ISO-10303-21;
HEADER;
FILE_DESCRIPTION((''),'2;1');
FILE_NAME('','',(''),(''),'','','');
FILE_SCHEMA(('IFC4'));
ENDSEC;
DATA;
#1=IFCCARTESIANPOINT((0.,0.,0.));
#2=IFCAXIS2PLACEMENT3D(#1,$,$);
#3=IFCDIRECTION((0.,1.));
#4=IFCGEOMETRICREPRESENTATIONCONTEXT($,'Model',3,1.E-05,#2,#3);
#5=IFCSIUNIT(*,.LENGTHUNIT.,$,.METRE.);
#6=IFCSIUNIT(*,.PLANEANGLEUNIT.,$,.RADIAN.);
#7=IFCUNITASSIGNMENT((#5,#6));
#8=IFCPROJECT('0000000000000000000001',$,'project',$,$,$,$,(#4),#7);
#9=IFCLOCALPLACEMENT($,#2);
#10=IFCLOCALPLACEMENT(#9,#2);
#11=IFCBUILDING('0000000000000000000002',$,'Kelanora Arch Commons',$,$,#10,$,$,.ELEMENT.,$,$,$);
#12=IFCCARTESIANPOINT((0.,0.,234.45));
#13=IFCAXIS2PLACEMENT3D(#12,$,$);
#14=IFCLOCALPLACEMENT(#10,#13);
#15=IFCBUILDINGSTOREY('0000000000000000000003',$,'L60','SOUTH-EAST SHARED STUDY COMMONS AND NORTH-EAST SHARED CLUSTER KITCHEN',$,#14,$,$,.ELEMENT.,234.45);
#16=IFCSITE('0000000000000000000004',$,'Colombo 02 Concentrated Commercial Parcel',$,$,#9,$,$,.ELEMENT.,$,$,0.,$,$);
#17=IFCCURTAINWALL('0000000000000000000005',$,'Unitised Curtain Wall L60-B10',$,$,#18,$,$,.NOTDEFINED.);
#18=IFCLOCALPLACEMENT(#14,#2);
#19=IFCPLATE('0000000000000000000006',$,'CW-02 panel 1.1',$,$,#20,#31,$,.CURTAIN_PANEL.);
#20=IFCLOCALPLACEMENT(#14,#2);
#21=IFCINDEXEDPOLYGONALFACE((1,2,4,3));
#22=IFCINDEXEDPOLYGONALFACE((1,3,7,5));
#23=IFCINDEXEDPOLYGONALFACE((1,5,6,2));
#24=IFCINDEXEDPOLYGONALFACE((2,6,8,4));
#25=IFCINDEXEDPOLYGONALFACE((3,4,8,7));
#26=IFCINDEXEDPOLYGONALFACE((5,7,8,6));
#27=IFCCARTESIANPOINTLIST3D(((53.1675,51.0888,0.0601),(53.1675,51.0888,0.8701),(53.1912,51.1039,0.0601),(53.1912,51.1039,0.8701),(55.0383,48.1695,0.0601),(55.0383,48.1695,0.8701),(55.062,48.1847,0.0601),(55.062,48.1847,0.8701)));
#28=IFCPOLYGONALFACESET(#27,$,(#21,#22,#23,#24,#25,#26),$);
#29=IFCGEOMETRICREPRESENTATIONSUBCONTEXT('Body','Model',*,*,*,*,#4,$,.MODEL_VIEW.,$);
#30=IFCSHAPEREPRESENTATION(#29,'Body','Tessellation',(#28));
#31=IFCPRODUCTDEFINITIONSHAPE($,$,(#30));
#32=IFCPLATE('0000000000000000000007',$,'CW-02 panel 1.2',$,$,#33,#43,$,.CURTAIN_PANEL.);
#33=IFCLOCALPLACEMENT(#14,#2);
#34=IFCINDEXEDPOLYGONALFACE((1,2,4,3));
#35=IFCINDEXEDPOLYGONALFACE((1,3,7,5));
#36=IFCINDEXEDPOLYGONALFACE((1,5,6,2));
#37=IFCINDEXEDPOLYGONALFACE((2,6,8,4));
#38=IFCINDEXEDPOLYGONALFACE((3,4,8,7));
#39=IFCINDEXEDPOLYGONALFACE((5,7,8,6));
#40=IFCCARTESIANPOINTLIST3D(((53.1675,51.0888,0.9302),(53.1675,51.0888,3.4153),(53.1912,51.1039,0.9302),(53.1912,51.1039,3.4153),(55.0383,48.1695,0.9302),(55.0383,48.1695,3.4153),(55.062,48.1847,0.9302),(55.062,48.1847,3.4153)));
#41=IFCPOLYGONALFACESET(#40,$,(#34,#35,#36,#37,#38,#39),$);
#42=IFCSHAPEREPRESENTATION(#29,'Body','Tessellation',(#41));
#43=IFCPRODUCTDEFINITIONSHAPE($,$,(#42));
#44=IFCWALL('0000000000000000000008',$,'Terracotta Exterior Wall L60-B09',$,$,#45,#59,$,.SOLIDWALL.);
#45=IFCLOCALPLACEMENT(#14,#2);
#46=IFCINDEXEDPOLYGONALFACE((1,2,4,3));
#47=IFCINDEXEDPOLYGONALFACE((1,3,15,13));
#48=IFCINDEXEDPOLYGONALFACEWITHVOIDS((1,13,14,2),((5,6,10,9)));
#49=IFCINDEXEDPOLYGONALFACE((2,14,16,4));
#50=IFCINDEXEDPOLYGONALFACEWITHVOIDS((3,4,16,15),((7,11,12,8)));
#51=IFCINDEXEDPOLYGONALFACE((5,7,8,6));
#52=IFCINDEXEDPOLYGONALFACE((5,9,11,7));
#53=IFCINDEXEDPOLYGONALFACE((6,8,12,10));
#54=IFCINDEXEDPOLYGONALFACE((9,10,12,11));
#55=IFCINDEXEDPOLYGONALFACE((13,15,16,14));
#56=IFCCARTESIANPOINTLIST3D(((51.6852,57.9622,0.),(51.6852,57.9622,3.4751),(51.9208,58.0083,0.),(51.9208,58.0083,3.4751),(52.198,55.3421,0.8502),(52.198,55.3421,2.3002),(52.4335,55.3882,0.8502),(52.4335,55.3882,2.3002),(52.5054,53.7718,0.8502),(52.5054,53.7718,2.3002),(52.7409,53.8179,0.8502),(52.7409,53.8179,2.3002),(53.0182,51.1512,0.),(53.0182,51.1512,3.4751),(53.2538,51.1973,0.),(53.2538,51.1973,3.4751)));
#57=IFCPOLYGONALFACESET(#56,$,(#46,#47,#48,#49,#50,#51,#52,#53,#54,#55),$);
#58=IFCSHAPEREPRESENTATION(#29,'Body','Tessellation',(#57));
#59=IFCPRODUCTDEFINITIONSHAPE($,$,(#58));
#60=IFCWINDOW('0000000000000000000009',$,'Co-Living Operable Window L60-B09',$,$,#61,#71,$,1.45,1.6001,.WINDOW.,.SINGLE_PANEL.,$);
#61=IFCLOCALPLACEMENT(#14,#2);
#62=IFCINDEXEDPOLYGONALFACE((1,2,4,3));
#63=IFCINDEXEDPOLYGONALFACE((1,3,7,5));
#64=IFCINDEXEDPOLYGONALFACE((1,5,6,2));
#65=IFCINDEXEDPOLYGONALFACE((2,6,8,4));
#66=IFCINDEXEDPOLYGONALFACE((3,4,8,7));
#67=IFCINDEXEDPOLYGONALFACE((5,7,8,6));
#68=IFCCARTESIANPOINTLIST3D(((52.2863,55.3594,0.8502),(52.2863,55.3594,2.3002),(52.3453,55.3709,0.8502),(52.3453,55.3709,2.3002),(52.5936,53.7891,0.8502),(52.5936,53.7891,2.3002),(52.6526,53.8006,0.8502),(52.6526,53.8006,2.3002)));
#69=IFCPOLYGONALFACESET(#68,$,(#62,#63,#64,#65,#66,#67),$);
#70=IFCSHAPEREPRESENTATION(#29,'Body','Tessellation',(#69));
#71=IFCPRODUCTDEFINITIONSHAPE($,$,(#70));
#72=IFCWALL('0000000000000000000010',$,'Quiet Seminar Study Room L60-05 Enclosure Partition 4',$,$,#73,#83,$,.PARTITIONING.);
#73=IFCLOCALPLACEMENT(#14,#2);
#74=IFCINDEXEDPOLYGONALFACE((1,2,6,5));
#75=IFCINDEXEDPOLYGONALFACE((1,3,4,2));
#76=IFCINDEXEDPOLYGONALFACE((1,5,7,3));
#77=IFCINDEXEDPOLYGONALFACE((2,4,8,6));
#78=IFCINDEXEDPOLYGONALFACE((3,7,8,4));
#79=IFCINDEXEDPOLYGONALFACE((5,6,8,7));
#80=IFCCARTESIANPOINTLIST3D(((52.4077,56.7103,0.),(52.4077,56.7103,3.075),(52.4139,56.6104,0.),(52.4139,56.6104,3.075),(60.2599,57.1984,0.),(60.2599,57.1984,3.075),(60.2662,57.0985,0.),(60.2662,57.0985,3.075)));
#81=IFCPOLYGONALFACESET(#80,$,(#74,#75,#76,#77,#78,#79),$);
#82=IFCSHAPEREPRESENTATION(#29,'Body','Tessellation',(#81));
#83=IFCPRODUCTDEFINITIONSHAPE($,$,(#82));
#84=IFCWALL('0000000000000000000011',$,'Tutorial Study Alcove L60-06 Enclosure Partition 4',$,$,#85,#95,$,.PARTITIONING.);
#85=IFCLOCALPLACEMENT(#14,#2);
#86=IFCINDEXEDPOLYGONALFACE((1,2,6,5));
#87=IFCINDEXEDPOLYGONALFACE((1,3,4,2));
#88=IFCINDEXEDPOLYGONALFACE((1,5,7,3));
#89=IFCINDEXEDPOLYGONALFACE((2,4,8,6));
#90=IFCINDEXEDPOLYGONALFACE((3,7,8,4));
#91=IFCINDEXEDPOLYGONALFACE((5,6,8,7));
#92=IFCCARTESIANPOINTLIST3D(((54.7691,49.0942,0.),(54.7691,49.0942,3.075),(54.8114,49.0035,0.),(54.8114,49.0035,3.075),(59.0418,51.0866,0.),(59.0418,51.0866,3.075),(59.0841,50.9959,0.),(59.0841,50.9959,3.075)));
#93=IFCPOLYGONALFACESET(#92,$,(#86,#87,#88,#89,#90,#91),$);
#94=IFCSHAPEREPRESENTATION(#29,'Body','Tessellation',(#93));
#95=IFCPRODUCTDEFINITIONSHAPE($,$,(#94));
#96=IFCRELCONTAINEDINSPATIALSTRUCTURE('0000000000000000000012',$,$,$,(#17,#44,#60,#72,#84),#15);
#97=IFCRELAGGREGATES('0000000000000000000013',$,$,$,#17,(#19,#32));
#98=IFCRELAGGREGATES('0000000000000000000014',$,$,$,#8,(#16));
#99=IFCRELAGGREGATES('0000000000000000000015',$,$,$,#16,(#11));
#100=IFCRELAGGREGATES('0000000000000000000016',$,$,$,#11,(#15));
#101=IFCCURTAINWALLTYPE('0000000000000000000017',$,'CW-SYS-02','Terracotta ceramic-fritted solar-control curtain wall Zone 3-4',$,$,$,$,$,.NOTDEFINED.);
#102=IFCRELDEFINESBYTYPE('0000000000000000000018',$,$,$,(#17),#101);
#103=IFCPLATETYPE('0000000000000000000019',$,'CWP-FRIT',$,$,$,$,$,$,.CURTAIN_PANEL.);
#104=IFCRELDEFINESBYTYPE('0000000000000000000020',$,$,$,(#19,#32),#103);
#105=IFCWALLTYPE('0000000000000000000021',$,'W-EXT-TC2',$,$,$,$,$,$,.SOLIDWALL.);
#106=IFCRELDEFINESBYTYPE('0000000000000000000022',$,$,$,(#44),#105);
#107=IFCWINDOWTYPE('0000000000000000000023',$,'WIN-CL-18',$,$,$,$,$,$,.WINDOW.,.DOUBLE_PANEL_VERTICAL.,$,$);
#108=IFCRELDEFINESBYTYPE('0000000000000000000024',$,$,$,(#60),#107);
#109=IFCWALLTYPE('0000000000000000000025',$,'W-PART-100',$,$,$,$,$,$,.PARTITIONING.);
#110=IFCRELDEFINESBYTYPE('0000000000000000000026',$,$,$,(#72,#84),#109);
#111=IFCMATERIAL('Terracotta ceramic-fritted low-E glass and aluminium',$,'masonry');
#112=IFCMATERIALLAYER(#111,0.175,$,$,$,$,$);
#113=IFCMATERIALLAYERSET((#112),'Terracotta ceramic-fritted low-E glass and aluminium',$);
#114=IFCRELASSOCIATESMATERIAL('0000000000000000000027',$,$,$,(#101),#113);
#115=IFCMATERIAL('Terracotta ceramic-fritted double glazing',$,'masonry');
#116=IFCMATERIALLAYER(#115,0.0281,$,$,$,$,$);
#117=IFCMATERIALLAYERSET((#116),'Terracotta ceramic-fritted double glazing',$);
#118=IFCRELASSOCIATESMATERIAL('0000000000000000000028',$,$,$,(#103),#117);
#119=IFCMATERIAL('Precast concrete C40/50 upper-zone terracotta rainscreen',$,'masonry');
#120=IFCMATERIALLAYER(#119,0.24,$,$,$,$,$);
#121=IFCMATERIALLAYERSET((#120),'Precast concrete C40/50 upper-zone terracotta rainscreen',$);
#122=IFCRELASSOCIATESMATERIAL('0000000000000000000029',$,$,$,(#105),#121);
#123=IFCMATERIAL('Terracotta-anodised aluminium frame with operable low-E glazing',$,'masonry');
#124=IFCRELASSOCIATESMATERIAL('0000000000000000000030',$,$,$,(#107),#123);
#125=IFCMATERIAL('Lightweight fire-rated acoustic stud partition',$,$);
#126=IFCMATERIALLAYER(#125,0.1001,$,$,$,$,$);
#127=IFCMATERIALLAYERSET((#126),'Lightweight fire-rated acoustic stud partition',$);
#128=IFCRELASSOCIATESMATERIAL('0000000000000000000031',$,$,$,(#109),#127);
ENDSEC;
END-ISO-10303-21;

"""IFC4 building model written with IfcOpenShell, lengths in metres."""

from ifc_helpers import new_model, si_unit, direction, frame, frame_2d, origin, origin_2d, place, context, subcontext, project, spatial, rectangle, extrude, source, transform, mapped, material, layer, layer_set, type_object, element, fill, aggregate, save


model = new_model("IFC4")

# Units and contexts
model_context = context("Model", 3, precision=1e-05, world=origin(), true_north=direction((0.0, 1.0)))
body_context = subcontext(model_context, "Body", "Model", "MODEL_VIEW")
ifc_project = project(units=[si_unit("LENGTHUNIT", "METRE"), si_unit("PLANEANGLEUNIT", "RADIAN")], contexts=[model_context])

# Site, building, storey
site_placement = place(None, origin())
site = spatial("IfcSite", under=ifc_project, at=site_placement, Name="Colombo 02 Concentrated Commercial Parcel", CompositionType="ELEMENT", RefElevation=0.0)
building_placement = place(site_placement, origin())
building = spatial("IfcBuilding", under=site, at=building_placement, Name="Kelanora Arch Commons", CompositionType="ELEMENT")
storey_placement = place(building_placement, frame((0.0, 0.0, 234.45)))
storey = spatial("IfcBuildingStorey", under=building, at=storey_placement, Name="L60", Description="SOUTH-EAST SHARED STUDY COMMONS AND NORTH-EAST SHARED CLUSTER KITCHEN", CompositionType="ELEMENT", Elevation=234.45)

# Shared definitions
ifc_material_1 = material(Name="Terracotta ceramic-fritted low-E glass and aluminium", Category="masonry")
ifc_layer_1 = layer(ifc_material_1, 0.175)
ifc_layer_set_1 = layer_set([ifc_layer_1], Name="Terracotta ceramic-fritted low-E glass and aluminium")
curtain_wall_type = type_object("IfcCurtainWallType", Name="CW-SYS-02", Description="Terracotta ceramic-fritted solar-control curtain wall Zone 3-4", PredefinedType="NOTDEFINED", material=ifc_layer_set_1)

# Curtain wall
curtain_wall_1_placement = place(storey_placement, origin())
curtain_wall_1 = element("IfcCurtainWall", 1, at=curtain_wall_1_placement, inside=storey, type_object=curtain_wall_type, Name="Unitised Curtain Wall L60-B10", PredefinedType="NOTDEFINED")

# Plates
ifc_material_2 = material(Name="Terracotta ceramic-fritted double glazing", Category="masonry")
ifc_layer_2 = layer(ifc_material_2, 0.0281)
ifc_layer_set_2 = layer_set([ifc_layer_2], Name="Terracotta ceramic-fritted double glazing")
plate_type = type_object("IfcPlateType", Name="CWP-FRIT", PredefinedType="CURTAIN_PANEL", material=ifc_layer_set_2)
shared_shape_1 = source(origin(), body_context, "Body", "SweptSolid", [
    extrude(rectangle(XDim=3.4673, YDim=0.0281, at=origin_2d()), origin(), (0.0, 0.0, 1.0), 0.8101),
])
plate_1_placement = place(storey_placement, frame((54.1147, 49.6367, 0.0601), z_axis=(0.0, 0.0, 1.0), x_axis=(0.539559, -0.841948, 0.0)))
plate_1 = element("IfcPlate", 2, at=plate_1_placement, type_object=plate_type, Name="CW-02 panel 1.1", PredefinedType="CURTAIN_PANEL", context=body_context, shape_type="MappedRepresentation", body=[
    mapped(shared_shape_1, transform((0.0, 0.0, 0.0), scale=1.0)),
])
shared_shape_2 = source(origin(), body_context, "Body", "SweptSolid", [
    extrude(rectangle(XDim=3.4673, YDim=0.0281, at=origin_2d()), origin(), (0.0, 0.0, 1.0), 2.4851),
])
plate_2_placement = place(storey_placement, frame((54.1147, 49.6367, 0.9302), z_axis=(0.0, 0.0, 1.0), x_axis=(0.539559, -0.841948, 0.0)))
plate_2 = element("IfcPlate", 3, at=plate_2_placement, type_object=plate_type, Name="CW-02 panel 1.2", PredefinedType="CURTAIN_PANEL", context=body_context, shape_type="MappedRepresentation", body=[
    mapped(shared_shape_2, transform((0.0, 0.0, 0.0), scale=1.0)),
])
aggregate(curtain_wall_1, [plate_1, plate_2])

# Wall, opening, window
ifc_material_3 = material(Name="Precast concrete C40/50 upper-zone terracotta rainscreen", Category="masonry")
ifc_layer_3 = layer(ifc_material_3, 0.24)
ifc_layer_set_3 = layer_set([ifc_layer_3], Name="Precast concrete C40/50 upper-zone terracotta rainscreen")
wall_type_1 = type_object("IfcWallType", Name="W-EXT-TC2", PredefinedType="SOLIDWALL", material=ifc_layer_set_3)
wall_1_placement = place(storey_placement, frame((51.803, 57.9854, 0.0), z_axis=(0.0, 0.0, 1.0), x_axis=(0.192069, -0.981381, 0.0)))
wall_1 = element("IfcWall", 4, at=wall_1_placement, inside=storey, type_object=wall_type_1, Name="Terracotta Exterior Wall L60-B09", PredefinedType="SOLIDWALL", context=body_context, shape_type="SweptSolid", body=[
    extrude(rectangle(XDim=6.9402, YDim=0.24, at=frame_2d((3.4702, 0.0))), origin(), (0.0, 0.0, 1.0), 3.4751),
])
opening_placement = place(wall_1_placement, frame((2.6699, 0.0, 0.8501)))
opening = element("IfcOpeningElement", 5, at=opening_placement, cuts=wall_1, PredefinedType="OPENING", context=body_context, shape_type="SweptSolid", body=[
    extrude(rectangle(XDim=1.6001, YDim=1.45, at=frame_2d((0.8, 0.7251))), frame((0.0, 0.1299, 0.0), z_axis=(0.0, -1.0, 0.0), x_axis=(1.0, 0.0, 0.0)), (0.0, 0.0, 1.0), 0.26),
])
ifc_material_4 = material(Name="Terracotta-anodised aluminium frame with operable low-E glazing", Category="masonry")
window_type = type_object("IfcWindowType", Name="WIN-CL-18", PartitioningType="DOUBLE_PANEL_VERTICAL", PredefinedType="WINDOW", material=ifc_material_4)
window_placement = place(opening_placement, origin())
window = element("IfcWindow", 6, at=window_placement, inside=storey, type_object=window_type, Name="Co-Living Operable Window L60-B09", OverallHeight=1.45, OverallWidth=1.6001, PartitioningType="SINGLE_PANEL", PredefinedType="WINDOW", context=body_context, shape_type="SweptSolid", body=[
    extrude(rectangle(XDim=1.6001, YDim=1.45, at=frame_2d((0.8, 0.7251))), frame((0.0, 0.03, 0.0), z_axis=(0.0, -1.0, 0.0), x_axis=(1.0, 0.0, 0.0)), (0.0, 0.0, 1.0), 0.0601),
])
fill(opening, window)

# Walls
ifc_material_5 = material(Name="Lightweight fire-rated acoustic stud partition")
ifc_layer_4 = layer(ifc_material_5, 0.1001)
ifc_layer_set_4 = layer_set([ifc_layer_4], Name="Lightweight fire-rated acoustic stud partition")
wall_type_2 = type_object("IfcWallType", Name="W-PART-100", PredefinedType="PARTITIONING", material=ifc_layer_set_4)
wall_2_placement = place(storey_placement, frame((52.4109, 56.6604, 0.0), z_axis=(0.0, 0.0, 1.0), x_axis=(0.998074, 0.062032, 0.0)))
element("IfcWall", 7, at=wall_2_placement, inside=storey, type_object=wall_type_2, Name="Quiet Seminar Study Room L60-05 Enclosure Partition 4", PredefinedType="PARTITIONING", context=body_context, shape_type="SweptSolid", body=[
    extrude(rectangle(XDim=7.8674, YDim=0.1001, at=frame_2d((3.9336, 0.0))), origin(), (0.0, 0.0, 1.0), 3.075),
])
wall_3_placement = place(storey_placement, frame((54.7903, 49.0488, 0.0), z_axis=(0.0, 0.0, 1.0), x_axis=(0.906305, 0.422625, 0.0)))
element("IfcWall", 8, at=wall_3_placement, inside=storey, type_object=wall_type_2, Name="Tutorial Study Alcove L60-06 Enclosure Partition 4", PredefinedType="PARTITIONING", context=body_context, shape_type="SweptSolid", body=[
    extrude(rectangle(XDim=4.7144, YDim=0.1001, at=frame_2d((2.3572, 0.0))), origin(), (0.0, 0.0, 1.0), 3.075),
])

save(model, "model.ifc")
